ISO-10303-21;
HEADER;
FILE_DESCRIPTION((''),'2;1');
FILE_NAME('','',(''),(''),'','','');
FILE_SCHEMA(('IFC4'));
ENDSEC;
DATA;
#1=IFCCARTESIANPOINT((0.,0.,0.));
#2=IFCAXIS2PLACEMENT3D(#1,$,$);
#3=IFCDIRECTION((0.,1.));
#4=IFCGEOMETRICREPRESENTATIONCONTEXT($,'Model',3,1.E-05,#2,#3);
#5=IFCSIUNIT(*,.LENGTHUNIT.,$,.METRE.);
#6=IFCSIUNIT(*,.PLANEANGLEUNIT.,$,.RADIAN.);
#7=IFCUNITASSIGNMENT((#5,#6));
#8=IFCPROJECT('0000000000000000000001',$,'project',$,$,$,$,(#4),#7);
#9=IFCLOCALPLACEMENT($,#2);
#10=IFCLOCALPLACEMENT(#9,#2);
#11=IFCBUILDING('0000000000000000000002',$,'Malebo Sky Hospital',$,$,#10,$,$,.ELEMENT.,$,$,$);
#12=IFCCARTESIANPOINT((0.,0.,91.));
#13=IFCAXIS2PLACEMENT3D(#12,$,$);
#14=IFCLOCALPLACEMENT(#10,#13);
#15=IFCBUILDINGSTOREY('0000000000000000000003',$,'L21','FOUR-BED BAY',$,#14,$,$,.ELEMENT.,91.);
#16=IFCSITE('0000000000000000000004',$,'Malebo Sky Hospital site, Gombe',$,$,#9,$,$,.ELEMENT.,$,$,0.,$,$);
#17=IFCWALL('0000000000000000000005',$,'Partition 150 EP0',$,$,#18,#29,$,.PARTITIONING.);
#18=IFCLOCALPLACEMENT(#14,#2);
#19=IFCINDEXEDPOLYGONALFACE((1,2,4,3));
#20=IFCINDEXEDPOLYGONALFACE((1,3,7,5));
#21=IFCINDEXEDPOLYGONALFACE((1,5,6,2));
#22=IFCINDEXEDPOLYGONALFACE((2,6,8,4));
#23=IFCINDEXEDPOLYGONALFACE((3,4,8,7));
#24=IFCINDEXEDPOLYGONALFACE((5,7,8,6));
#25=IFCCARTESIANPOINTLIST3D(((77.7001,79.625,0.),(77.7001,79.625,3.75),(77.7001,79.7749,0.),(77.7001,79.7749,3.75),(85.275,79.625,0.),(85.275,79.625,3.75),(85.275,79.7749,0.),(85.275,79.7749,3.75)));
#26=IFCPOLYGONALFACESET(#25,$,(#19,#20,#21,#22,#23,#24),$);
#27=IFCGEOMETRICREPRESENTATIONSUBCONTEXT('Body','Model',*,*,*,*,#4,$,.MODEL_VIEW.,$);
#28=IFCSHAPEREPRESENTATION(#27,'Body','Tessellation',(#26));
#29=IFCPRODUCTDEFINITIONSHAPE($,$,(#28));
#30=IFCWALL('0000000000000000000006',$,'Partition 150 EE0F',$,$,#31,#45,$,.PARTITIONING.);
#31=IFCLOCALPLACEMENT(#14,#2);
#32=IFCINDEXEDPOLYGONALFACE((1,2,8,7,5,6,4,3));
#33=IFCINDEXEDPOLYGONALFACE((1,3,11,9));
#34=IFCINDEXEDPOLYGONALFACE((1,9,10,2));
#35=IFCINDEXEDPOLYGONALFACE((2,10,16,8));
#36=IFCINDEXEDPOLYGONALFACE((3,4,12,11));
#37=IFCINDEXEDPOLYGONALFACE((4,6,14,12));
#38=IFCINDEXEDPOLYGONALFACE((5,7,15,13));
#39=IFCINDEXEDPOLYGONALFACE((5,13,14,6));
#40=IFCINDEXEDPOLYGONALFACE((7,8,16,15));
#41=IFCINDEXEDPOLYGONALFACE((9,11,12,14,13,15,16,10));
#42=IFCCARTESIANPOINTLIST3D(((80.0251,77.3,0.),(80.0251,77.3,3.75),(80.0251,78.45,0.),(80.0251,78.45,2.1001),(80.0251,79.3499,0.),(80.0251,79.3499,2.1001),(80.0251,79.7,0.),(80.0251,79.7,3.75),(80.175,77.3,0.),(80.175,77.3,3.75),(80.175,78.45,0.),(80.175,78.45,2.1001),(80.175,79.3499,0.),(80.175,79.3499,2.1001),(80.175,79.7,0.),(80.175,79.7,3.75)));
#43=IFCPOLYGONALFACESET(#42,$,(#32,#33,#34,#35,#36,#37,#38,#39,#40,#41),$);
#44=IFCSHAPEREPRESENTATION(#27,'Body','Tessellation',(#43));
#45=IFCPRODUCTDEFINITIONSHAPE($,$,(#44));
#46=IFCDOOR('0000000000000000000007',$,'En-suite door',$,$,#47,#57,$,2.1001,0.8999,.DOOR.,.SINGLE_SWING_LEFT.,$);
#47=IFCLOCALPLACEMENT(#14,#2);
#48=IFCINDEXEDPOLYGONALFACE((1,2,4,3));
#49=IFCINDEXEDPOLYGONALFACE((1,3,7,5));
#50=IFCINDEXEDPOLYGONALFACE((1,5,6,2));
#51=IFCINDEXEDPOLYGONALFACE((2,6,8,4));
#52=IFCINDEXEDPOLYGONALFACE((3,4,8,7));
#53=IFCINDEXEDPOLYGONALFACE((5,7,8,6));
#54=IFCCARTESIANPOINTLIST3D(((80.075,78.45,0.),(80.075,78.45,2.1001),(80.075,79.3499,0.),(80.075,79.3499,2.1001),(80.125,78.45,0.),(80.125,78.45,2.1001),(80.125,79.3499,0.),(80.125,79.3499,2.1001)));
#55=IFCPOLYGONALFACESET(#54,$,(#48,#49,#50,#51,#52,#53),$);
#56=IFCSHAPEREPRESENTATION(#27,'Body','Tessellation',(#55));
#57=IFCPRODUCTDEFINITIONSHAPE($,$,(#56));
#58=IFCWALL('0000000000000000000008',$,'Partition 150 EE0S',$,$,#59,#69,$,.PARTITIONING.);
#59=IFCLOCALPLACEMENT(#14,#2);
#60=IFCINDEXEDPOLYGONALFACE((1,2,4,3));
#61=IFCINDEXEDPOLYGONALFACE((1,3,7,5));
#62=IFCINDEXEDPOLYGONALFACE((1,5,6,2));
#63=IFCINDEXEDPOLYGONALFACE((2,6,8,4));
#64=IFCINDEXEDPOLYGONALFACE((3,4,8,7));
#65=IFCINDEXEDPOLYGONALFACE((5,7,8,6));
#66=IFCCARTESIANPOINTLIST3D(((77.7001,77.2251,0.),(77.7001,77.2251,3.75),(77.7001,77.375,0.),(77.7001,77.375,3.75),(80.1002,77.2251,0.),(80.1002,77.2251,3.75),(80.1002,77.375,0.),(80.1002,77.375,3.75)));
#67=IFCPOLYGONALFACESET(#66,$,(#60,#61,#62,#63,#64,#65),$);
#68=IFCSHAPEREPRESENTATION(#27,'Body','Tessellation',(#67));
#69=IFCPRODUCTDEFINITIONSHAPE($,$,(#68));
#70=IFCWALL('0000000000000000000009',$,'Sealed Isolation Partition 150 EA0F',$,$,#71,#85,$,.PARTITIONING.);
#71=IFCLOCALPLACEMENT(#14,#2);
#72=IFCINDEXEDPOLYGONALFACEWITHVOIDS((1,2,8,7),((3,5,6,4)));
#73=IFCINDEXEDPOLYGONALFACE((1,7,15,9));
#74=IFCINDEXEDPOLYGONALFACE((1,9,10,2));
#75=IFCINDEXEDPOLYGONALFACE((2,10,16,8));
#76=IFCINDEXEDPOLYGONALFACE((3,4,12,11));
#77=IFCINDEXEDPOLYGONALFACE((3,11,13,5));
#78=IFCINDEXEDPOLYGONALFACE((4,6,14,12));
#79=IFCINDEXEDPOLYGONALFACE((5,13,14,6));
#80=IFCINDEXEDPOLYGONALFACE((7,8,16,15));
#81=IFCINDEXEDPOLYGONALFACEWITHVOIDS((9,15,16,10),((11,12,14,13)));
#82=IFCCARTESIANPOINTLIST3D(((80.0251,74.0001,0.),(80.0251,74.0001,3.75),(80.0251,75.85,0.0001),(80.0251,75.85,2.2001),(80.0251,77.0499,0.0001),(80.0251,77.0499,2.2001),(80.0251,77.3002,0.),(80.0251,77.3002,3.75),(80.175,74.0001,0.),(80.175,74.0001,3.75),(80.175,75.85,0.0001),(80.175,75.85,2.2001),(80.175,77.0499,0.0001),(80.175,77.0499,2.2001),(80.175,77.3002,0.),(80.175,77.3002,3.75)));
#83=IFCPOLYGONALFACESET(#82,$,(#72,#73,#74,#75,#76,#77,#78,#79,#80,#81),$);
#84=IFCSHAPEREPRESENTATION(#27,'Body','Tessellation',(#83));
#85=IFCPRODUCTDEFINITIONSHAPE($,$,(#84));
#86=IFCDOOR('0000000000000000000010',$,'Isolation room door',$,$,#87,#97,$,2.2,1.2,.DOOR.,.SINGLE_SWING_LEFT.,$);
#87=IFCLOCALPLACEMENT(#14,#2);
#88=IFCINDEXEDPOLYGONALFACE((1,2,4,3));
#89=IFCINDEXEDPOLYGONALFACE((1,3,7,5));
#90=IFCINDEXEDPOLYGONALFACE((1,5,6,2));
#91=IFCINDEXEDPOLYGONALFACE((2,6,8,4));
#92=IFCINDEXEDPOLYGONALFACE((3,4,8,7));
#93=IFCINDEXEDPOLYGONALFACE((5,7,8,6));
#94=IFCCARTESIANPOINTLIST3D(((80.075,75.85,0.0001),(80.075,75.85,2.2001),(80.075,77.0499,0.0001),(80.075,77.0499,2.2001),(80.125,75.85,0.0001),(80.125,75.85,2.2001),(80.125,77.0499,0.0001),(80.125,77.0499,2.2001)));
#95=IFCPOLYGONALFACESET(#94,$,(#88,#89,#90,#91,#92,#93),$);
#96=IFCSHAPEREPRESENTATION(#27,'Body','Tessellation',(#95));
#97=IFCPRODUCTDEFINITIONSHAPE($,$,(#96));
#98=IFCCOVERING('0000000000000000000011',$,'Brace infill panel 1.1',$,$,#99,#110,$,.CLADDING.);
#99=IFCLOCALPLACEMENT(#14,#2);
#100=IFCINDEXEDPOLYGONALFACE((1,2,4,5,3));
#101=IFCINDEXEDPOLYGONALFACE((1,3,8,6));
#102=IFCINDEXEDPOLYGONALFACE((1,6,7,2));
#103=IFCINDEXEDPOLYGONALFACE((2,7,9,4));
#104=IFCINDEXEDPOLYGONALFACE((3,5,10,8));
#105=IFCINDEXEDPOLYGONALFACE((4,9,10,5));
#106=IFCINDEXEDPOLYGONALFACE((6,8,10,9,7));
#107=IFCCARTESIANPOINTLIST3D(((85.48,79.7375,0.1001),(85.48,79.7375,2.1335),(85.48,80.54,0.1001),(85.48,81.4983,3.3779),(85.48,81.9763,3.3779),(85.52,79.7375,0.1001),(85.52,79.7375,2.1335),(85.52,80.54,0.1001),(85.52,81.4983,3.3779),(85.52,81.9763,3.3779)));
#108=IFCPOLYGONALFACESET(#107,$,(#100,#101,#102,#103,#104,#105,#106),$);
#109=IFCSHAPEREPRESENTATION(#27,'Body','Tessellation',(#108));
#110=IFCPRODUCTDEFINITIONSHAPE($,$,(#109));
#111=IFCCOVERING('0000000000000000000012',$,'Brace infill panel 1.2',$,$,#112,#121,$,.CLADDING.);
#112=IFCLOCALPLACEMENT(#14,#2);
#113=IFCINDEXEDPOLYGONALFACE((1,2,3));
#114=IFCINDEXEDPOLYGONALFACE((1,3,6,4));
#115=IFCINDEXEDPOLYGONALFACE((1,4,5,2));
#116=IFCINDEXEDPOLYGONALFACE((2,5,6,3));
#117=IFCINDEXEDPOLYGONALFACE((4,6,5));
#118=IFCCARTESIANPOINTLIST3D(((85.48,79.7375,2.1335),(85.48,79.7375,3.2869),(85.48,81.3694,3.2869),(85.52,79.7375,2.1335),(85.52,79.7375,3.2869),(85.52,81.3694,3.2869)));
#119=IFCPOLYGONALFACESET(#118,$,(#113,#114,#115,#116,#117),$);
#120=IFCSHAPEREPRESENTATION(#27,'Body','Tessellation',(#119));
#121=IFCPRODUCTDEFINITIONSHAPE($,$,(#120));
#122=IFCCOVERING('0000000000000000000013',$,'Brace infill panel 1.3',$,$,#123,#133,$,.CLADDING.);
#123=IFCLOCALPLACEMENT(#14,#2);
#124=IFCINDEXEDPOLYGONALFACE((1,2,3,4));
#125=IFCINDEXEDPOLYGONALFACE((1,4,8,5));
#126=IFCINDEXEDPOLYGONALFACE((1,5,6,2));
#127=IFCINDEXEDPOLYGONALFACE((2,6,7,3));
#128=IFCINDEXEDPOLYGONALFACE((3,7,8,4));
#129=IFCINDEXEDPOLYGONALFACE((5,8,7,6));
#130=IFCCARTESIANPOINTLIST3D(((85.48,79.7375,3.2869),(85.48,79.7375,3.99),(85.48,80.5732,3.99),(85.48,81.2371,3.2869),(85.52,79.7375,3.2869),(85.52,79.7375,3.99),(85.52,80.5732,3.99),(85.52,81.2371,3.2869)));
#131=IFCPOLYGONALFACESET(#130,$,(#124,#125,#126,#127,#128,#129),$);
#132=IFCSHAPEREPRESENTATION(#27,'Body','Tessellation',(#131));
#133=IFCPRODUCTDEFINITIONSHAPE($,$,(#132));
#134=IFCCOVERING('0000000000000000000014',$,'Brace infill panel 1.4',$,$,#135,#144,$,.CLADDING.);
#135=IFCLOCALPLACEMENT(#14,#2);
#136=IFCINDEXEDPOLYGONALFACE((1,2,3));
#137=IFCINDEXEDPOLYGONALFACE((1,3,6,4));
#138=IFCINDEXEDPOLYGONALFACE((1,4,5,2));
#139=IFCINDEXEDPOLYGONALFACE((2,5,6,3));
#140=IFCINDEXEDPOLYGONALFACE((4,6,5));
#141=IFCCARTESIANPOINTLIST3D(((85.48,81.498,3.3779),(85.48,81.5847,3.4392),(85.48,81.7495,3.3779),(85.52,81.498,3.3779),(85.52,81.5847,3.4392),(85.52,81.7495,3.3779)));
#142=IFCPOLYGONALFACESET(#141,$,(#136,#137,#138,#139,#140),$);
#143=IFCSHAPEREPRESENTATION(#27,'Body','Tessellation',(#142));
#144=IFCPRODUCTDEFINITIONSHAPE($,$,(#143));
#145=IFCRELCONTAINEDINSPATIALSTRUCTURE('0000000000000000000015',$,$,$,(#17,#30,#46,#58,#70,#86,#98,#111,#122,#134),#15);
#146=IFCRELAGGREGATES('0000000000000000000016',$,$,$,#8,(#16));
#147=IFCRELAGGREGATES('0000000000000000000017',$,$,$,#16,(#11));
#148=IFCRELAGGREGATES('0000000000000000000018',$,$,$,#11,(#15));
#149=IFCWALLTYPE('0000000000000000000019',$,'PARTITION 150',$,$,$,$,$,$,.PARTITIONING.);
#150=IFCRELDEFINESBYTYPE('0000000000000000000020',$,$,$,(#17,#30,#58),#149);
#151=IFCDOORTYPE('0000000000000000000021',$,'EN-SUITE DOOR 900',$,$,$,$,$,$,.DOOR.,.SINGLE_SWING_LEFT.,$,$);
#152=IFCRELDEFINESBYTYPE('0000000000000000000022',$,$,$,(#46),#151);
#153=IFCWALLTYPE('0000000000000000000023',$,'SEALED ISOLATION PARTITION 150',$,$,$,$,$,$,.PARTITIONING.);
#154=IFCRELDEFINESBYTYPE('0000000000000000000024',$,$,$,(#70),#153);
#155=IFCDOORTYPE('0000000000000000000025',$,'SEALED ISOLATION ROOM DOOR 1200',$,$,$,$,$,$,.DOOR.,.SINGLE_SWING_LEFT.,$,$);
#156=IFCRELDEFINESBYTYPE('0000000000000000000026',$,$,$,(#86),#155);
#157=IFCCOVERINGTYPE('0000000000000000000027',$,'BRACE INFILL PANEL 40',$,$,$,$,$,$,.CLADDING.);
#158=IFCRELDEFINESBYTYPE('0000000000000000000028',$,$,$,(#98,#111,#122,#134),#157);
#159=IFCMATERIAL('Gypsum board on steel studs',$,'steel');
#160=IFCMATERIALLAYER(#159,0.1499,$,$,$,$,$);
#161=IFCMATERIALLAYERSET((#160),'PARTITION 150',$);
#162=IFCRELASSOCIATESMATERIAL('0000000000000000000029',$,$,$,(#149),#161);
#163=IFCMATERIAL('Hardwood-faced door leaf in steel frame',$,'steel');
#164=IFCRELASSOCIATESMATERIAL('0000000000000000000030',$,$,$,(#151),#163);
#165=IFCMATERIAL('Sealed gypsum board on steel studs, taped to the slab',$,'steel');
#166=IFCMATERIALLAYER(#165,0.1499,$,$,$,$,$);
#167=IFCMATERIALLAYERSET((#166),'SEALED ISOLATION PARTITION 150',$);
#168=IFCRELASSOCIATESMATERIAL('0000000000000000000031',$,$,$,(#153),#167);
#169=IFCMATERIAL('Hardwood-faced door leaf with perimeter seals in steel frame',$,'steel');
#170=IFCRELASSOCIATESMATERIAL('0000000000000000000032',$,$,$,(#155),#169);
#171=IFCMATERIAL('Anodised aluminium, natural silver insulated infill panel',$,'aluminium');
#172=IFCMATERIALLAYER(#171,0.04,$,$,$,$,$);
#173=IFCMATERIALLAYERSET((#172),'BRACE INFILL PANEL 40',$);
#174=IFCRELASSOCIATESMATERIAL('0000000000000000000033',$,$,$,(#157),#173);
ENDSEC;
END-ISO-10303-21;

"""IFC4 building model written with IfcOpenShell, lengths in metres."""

from ifc_helpers import new_model, si_unit, direction, frame, frame_2d, origin, place, context, subcontext, project, spatial, polyline, rectangle, outline, extrude, material, layer, layer_set, type_object, element, fill, save


model = new_model("IFC4")

# Units and contexts
model_context = context("Model", 3, precision=1e-05, world=origin(), true_north=direction((0.0, 1.0)))
body_context = subcontext(model_context, "Body", "Model", "MODEL_VIEW")
ifc_project = project(units=[si_unit("LENGTHUNIT", "METRE"), si_unit("PLANEANGLEUNIT", "RADIAN")], contexts=[model_context])

# Site, building, storey
site_placement = place(None, origin())
site = spatial("IfcSite", under=ifc_project, at=site_placement, Name="Malebo Sky Hospital site, Gombe", CompositionType="ELEMENT", RefElevation=0.0)
building_placement = place(site_placement, origin())
building = spatial("IfcBuilding", under=site, at=building_placement, Name="Malebo Sky Hospital", CompositionType="ELEMENT")
storey_placement = place(building_placement, frame((0.0, 0.0, 91.0)))
storey = spatial("IfcBuildingStorey", under=building, at=storey_placement, Name="L21", Description="FOUR-BED BAY", CompositionType="ELEMENT", Elevation=91.0)

# Shared definitions
ifc_material_1 = material(Name="Gypsum board on steel studs", Category="steel")
ifc_material_2 = material(Name="Hardwood-faced door leaf in steel frame", Category="steel")

# Shared definitions
ifc_layer_1 = layer(ifc_material_1, 0.1499)
ifc_layer_set_1 = layer_set([ifc_layer_1], Name="PARTITION 150")
wall_type_1 = type_object("IfcWallType", Name="PARTITION 150", PredefinedType="PARTITIONING", material=ifc_layer_set_1)
door_type_1 = type_object("IfcDoorType", Name="EN-SUITE DOOR 900", OperationType="SINGLE_SWING_LEFT", PredefinedType="DOOR", material=ifc_material_2)

# Wall
wall_1_placement = place(storey_placement, frame((77.7, 79.7, 0.0), z_axis=(0.0, 0.0, 1.0), x_axis=(1.0, 0.0, 0.0)))
element("IfcWall", 1, at=wall_1_placement, inside=storey, type_object=wall_type_1, Name="Partition 150 EP0", PredefinedType="PARTITIONING", context=body_context, shape_type="SweptSolid", body=[
    extrude(rectangle(XDim=7.575, YDim=0.1499, at=frame_2d((3.7876, 0.0))), origin(), (0.0, 0.0, 1.0), 3.75),
])

# Wall, opening, door
wall_2_placement = place(storey_placement, frame((80.1001, 79.7, 0.0), z_axis=(0.0, 0.0, 1.0), x_axis=(0.0, -1.0, 0.0)))
wall_2 = element("IfcWall", 2, at=wall_2_placement, inside=storey, type_object=wall_type_1, Name="Partition 150 EE0F", PredefinedType="PARTITIONING", context=body_context, shape_type="SweptSolid", body=[
    extrude(rectangle(XDim=2.3999, YDim=0.1499, at=frame_2d((1.2, 0.0))), origin(), (0.0, 0.0, 1.0), 3.75),
])
opening_1_placement = place(wall_2_placement, frame((0.3501, 0.0, 0.0)))
opening_1 = element("IfcOpeningElement", 3, at=opening_1_placement, cuts=wall_2, PredefinedType="OPENING", context=body_context, shape_type="SweptSolid", body=[
    extrude(rectangle(XDim=0.8999, YDim=2.1001, at=frame_2d((0.45, 1.05))), frame((0.0, 0.085, 0.0), z_axis=(0.0, -1.0, 0.0), x_axis=(1.0, 0.0, 0.0)), (0.0, 0.0, 1.0), 0.1699),
])
door_1_placement = place(opening_1_placement, origin())
door_1 = element("IfcDoor", 4, at=door_1_placement, inside=storey, type_object=door_type_1, Name="En-suite door", OperationType="SINGLE_SWING_LEFT", OverallHeight=2.1001, OverallWidth=0.8999, PredefinedType="DOOR", context=body_context, shape_type="SweptSolid", body=[
    extrude(rectangle(XDim=0.8999, YDim=2.1001, at=frame_2d((0.45, 1.05))), frame((0.0, 0.0249, 0.0), z_axis=(0.0, -1.0, 0.0), x_axis=(1.0, 0.0, 0.0)), (0.0, 0.0, 1.0), 0.05),
])
fill(opening_1, door_1)

# Wall
wall_3_placement = place(storey_placement, frame((77.7, 77.3, 0.0), z_axis=(0.0, 0.0, 1.0), x_axis=(1.0, 0.0, 0.0)))
element("IfcWall", 5, at=wall_3_placement, inside=storey, type_object=wall_type_1, Name="Partition 150 EE0S", PredefinedType="PARTITIONING", context=body_context, shape_type="SweptSolid", body=[
    extrude(rectangle(XDim=2.4001, YDim=0.1499, at=frame_2d((1.2002, 0.0))), origin(), (0.0, 0.0, 1.0), 3.75),
])

# Wall, opening, door
ifc_material_3 = material(Name="Sealed gypsum board on steel studs, taped to the slab", Category="steel")
ifc_layer_2 = layer(ifc_material_3, 0.1499)
ifc_layer_set_2 = layer_set([ifc_layer_2], Name="SEALED ISOLATION PARTITION 150")
wall_type_2 = type_object("IfcWallType", Name="SEALED ISOLATION PARTITION 150", PredefinedType="PARTITIONING", material=ifc_layer_set_2)
wall_4_placement = place(storey_placement, frame((80.1001, 77.3, 0.0), z_axis=(0.0, 0.0, 1.0), x_axis=(0.0, -1.0, 0.0)))
wall_4 = element("IfcWall", 6, at=wall_4_placement, inside=storey, type_object=wall_type_2, Name="Sealed Isolation Partition 150 EA0F", PredefinedType="PARTITIONING", context=body_context, shape_type="SweptSolid", body=[
    extrude(rectangle(XDim=3.3, YDim=0.1499, at=frame_2d((1.6499, 0.0))), origin(), (0.0, 0.0, 1.0), 3.75),
])
opening_2_placement = place(wall_4_placement, frame((0.25, 0.0, 0.0)))
opening_2 = element("IfcOpeningElement", 7, at=opening_2_placement, cuts=wall_4, PredefinedType="OPENING", context=body_context, shape_type="SweptSolid", body=[
    extrude(rectangle(XDim=1.2, YDim=2.2, at=frame_2d((0.6001, 1.1001))), frame((0.0, 0.085, 0.0), z_axis=(0.0, -1.0, 0.0), x_axis=(1.0, 0.0, 0.0)), (0.0, 0.0, 1.0), 0.1699),
])
ifc_material_4 = material(Name="Hardwood-faced door leaf with perimeter seals in steel frame", Category="steel")
door_type_2 = type_object("IfcDoorType", Name="SEALED ISOLATION ROOM DOOR 1200", OperationType="SINGLE_SWING_LEFT", PredefinedType="DOOR", material=ifc_material_4)
door_2_placement = place(opening_2_placement, origin())
door_2 = element("IfcDoor", 8, at=door_2_placement, inside=storey, type_object=door_type_2, Name="Isolation room door", OperationType="SINGLE_SWING_LEFT", OverallHeight=2.2, OverallWidth=1.2, PredefinedType="DOOR", context=body_context, shape_type="SweptSolid", body=[
    extrude(rectangle(XDim=1.2, YDim=2.2, at=frame_2d((0.6001, 1.1001))), frame((0.0, 0.0249, 0.0), z_axis=(0.0, -1.0, 0.0), x_axis=(1.0, 0.0, 0.0)), (0.0, 0.0, 1.0), 0.05),
])
fill(opening_2, door_2)

# Coverings
ifc_material_5 = material(Name="Anodised aluminium, natural silver insulated infill panel", Category="aluminium")
ifc_layer_3 = layer(ifc_material_5, 0.04)
ifc_layer_set_3 = layer_set([ifc_layer_3], Name="BRACE INFILL PANEL 40")
covering_type = type_object("IfcCoveringType", Name="BRACE INFILL PANEL 40", PredefinedType="CLADDING", material=ifc_layer_set_3)
covering_1_placement = place(storey_placement, frame((85.5, 80.8569, 0.1001), z_axis=(0.0, 0.0, 1.0), x_axis=(0.0, -1.0, 0.0)))
element("IfcCovering", 9, at=covering_1_placement, inside=storey, type_object=covering_type, Name="Brace infill panel 1.1", PredefinedType="CLADDING", context=body_context, shape_type="SweptSolid", body=[
    extrude(outline(polyline([(0.3169, 0.0), (1.1194, 0.0), (1.1194, 2.0334), (-0.6414, 3.2778), (-1.1194, 3.2778), (0.3169, 0.0)])), frame((0.0, 0.02, 0.0), z_axis=(0.0, -1.0, 0.0), x_axis=(1.0, 0.0, 0.0)), (0.0, 0.0, 1.0), 0.04),
])
covering_2_placement = place(storey_placement, frame((85.5, 80.5535, 2.1335), z_axis=(0.0, 0.0, 1.0), x_axis=(0.0, -1.0, 0.0)))
element("IfcCovering", 10, at=covering_2_placement, inside=storey, type_object=covering_type, Name="Brace infill panel 1.2", PredefinedType="CLADDING", context=body_context, shape_type="SweptSolid", body=[
    extrude(outline(polyline([(0.8159, 0.0), (0.8159, 1.1533), (-0.8159, 1.1533), (0.8159, 0.0)])), frame((0.0, 0.02, 0.0), z_axis=(0.0, -1.0, 0.0), x_axis=(1.0, 0.0, 0.0)), (0.0, 0.0, 1.0), 0.04),
])
covering_3_placement = place(storey_placement, frame((85.5, 80.4873, 3.2869), z_axis=(0.0, 0.0, 1.0), x_axis=(0.0, -1.0, 0.0)))
element("IfcCovering", 11, at=covering_3_placement, inside=storey, type_object=covering_type, Name="Brace infill panel 1.3", PredefinedType="CLADDING", context=body_context, shape_type="SweptSolid", body=[
    extrude(outline(polyline([(-0.7498, 0.0), (0.7498, 0.0), (0.7498, 0.7031), (-0.0859, 0.7031), (-0.7498, 0.0)])), frame((0.0, 0.02, 0.0), z_axis=(0.0, -1.0, 0.0), x_axis=(1.0, 0.0, 0.0)), (0.0, 0.0, 1.0), 0.04),
])
covering_4_placement = place(storey_placement, frame((85.5, 81.6238, 3.3779), z_axis=(0.0, 0.0, 1.0), x_axis=(0.0, -1.0, 0.0)))
element("IfcCovering", 12, at=covering_4_placement, inside=storey, type_object=covering_type, Name="Brace infill panel 1.4", PredefinedType="CLADDING", context=body_context, shape_type="SweptSolid", body=[
    extrude(outline(polyline([(-0.1257, 0.0), (0.1257, 0.0), (0.0391, 0.0613), (-0.1257, 0.0)])), frame((0.0, 0.02, 0.0), z_axis=(0.0, -1.0, 0.0), x_axis=(1.0, 0.0, 0.0)), (0.0, 0.0, 1.0), 0.04),
])

save(model, "model.ifc")
